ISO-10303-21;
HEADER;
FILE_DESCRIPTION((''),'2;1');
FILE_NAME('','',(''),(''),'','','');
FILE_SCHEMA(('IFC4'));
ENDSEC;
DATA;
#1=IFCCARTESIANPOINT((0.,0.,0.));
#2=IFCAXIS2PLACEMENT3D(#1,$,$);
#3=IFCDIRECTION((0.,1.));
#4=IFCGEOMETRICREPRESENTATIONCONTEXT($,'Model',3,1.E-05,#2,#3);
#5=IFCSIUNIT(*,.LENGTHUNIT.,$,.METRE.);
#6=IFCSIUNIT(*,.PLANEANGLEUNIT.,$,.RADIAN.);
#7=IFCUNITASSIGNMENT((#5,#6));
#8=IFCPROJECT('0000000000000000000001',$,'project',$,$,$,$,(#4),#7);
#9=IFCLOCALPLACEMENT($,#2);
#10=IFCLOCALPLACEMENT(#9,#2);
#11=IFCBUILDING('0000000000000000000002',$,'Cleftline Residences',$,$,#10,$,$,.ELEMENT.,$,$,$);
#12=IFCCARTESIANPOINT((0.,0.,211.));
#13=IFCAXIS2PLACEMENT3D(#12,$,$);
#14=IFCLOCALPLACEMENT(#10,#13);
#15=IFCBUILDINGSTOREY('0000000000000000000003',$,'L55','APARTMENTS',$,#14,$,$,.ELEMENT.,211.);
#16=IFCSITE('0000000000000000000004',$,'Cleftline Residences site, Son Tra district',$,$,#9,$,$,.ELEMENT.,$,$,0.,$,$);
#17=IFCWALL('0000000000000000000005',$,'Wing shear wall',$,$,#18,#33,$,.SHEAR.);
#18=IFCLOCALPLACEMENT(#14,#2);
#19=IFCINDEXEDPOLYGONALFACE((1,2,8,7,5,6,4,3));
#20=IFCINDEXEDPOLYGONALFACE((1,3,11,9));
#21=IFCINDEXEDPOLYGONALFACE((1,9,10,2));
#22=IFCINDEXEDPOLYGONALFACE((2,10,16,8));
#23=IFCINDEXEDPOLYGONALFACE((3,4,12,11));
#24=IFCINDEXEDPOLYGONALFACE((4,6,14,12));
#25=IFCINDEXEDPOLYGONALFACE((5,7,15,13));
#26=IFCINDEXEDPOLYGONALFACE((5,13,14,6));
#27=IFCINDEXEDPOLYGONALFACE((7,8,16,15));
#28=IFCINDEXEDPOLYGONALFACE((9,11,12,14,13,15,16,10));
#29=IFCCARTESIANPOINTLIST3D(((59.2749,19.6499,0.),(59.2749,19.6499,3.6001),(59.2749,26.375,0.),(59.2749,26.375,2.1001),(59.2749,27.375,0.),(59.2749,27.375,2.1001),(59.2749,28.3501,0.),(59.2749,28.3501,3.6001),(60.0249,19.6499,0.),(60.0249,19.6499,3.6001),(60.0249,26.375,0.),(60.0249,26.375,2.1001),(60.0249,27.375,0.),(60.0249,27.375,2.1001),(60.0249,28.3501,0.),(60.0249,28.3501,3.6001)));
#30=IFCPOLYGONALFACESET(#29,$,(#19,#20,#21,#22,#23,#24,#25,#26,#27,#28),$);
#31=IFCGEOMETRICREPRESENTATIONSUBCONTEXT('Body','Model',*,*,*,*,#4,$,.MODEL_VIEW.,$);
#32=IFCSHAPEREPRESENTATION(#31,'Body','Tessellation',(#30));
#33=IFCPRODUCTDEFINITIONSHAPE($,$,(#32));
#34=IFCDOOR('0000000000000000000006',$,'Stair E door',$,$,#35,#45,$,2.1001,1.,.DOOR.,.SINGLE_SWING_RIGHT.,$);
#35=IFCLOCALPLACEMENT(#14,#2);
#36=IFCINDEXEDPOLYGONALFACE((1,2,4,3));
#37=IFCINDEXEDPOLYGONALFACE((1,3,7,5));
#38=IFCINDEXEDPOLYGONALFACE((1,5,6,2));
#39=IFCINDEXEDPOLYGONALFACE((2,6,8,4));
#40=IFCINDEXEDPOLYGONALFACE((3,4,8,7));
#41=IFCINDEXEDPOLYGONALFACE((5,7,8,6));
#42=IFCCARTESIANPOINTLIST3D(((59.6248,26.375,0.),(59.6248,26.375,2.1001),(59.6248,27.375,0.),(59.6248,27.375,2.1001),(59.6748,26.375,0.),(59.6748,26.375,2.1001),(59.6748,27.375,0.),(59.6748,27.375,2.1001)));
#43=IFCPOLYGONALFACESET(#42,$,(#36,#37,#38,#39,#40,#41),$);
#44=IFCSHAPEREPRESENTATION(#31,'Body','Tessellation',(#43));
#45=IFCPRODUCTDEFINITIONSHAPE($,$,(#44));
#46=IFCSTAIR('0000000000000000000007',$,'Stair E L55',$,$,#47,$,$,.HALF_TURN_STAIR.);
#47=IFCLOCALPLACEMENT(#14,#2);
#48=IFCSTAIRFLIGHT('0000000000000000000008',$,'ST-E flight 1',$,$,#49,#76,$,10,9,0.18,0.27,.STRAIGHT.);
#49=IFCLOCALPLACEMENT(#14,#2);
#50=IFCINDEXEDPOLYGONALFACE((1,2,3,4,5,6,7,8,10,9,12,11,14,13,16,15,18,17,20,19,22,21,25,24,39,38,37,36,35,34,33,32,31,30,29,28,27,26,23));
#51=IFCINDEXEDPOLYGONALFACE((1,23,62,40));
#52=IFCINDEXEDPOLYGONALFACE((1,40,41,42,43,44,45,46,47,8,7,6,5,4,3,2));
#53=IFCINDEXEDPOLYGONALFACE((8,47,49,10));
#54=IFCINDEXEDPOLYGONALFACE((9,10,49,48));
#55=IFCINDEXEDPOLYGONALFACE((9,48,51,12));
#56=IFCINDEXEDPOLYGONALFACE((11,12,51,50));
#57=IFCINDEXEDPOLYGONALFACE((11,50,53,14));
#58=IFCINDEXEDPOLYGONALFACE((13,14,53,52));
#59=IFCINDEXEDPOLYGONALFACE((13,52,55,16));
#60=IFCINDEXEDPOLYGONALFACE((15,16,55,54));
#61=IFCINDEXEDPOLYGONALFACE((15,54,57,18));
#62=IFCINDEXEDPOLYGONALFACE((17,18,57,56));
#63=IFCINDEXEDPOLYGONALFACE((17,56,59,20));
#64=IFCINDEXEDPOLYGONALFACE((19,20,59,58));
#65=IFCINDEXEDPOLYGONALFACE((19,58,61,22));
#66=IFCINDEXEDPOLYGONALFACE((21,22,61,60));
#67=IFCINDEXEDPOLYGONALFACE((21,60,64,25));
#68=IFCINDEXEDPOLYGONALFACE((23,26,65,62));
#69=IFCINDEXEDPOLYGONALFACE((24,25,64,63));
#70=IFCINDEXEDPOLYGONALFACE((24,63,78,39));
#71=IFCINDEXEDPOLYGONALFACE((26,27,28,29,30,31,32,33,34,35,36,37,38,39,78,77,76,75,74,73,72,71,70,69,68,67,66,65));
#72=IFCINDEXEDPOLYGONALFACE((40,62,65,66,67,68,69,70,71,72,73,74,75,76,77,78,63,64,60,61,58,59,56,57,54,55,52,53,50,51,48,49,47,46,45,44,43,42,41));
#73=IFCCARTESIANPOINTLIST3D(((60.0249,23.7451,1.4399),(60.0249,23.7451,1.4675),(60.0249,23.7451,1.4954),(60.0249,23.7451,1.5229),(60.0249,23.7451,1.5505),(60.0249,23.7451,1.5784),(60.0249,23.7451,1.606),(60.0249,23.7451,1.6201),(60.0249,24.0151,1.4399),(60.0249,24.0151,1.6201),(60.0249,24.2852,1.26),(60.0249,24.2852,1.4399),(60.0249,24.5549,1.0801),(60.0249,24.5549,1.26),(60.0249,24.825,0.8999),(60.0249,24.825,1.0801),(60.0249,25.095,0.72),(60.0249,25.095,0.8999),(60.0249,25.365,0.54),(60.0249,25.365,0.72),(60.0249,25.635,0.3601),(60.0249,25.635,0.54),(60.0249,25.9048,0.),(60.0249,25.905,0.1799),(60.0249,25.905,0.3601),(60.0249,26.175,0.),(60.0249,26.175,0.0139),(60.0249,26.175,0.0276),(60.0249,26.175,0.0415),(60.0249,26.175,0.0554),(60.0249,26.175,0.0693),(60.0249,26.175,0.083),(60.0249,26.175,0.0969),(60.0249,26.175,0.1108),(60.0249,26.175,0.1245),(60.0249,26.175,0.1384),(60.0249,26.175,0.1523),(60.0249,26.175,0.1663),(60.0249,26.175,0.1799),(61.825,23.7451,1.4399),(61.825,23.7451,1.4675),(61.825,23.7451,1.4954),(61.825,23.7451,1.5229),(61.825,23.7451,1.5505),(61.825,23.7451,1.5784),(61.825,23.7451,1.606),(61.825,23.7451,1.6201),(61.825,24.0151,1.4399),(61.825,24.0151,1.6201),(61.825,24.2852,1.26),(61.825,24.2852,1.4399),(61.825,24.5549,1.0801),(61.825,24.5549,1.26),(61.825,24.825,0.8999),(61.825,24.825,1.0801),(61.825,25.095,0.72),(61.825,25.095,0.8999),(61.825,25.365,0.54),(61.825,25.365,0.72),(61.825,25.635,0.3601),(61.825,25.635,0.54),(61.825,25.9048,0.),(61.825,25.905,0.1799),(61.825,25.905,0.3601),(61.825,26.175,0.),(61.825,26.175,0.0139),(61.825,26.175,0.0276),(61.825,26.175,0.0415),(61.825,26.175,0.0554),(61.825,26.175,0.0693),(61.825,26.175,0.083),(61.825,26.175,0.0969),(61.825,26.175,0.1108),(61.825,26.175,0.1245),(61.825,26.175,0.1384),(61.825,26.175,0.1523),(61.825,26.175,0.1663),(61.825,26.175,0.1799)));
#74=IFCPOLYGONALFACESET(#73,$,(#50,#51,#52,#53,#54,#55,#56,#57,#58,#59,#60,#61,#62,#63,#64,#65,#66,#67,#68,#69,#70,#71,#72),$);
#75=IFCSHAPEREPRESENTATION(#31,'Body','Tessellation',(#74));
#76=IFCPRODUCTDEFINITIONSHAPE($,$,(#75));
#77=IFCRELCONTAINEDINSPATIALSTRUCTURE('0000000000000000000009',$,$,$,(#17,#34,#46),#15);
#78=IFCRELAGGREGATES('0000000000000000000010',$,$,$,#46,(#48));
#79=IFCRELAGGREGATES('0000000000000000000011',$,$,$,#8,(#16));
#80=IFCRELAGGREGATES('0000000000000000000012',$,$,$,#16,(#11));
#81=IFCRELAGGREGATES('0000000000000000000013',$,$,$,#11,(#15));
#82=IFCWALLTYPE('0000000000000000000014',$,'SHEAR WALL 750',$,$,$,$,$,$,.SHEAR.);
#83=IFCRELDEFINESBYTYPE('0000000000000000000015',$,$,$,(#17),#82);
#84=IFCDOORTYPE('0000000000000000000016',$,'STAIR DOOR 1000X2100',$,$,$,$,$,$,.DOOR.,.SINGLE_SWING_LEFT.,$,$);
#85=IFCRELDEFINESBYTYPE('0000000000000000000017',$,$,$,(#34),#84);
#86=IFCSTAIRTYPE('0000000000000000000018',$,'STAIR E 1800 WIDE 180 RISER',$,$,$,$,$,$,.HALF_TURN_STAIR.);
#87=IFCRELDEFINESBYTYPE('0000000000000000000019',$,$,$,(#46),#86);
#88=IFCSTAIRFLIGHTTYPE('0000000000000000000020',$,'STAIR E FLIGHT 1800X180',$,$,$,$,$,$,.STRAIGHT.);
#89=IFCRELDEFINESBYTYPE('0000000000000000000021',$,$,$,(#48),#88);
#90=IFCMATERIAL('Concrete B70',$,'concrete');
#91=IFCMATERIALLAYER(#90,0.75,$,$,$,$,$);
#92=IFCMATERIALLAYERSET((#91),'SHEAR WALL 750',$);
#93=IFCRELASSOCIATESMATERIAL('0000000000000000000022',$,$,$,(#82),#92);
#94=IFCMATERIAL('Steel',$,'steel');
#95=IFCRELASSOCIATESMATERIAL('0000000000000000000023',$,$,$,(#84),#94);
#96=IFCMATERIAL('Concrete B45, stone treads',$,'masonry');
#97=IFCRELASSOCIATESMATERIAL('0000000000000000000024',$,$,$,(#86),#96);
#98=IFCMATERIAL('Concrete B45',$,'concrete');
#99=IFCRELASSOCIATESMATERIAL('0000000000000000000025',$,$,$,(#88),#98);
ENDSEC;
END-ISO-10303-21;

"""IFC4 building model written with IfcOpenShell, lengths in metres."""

from ifc_helpers import new_model, si_unit, direction, frame, frame_2d, origin, place, context, subcontext, project, spatial, polyline, rectangle, outline, extrude, material, layer, layer_set, type_object, element, fill, aggregate, save


model = new_model("IFC4")

# Units and contexts
model_context = context("Model", 3, precision=1e-05, world=origin(), true_north=direction((0.0, 1.0)))
body_context = subcontext(model_context, "Body", "Model", "MODEL_VIEW")
ifc_project = project(units=[si_unit("LENGTHUNIT", "METRE"), si_unit("PLANEANGLEUNIT", "RADIAN")], contexts=[model_context])

# Site, building, storey
site_placement = place(None, origin())
site = spatial("IfcSite", under=ifc_project, at=site_placement, Name="Cleftline Residences site, Son Tra district", CompositionType="ELEMENT", RefElevation=0.0)
building_placement = place(site_placement, origin())
building = spatial("IfcBuilding", under=site, at=building_placement, Name="Cleftline Residences", CompositionType="ELEMENT")
storey_placement = place(building_placement, frame((0.0, 0.0, 211.0)))
storey = spatial("IfcBuildingStorey", under=building, at=storey_placement, Name="L55", Description="APARTMENTS", CompositionType="ELEMENT", Elevation=211.0)

# Shared definitions
ifc_material_1 = material(Name="Concrete B70", Category="concrete")
ifc_layer_1 = layer(ifc_material_1, 0.75)
ifc_layer_set_1 = layer_set([ifc_layer_1], Name="SHEAR WALL 750")
wall_type_1 = type_object("IfcWallType", Name="SHEAR WALL 750", PredefinedType="SHEAR", material=ifc_layer_set_1)

# Wall, opening, door
wall_1_placement = place(storey_placement, frame((59.6499, 28.3501, 0.0), z_axis=(0.0, 0.0, 1.0), x_axis=(0.0, -1.0, 0.0)))
wall_1 = element("IfcWall", 1, at=wall_1_placement, inside=storey, type_object=wall_type_1, Name="Wing shear wall", PredefinedType="SHEAR", context=body_context, shape_type="SweptSolid", body=[
    extrude(rectangle(XDim=8.7002, YDim=0.75, at=frame_2d((4.3501, 0.0))), origin(), (0.0, 0.0, 1.0), 3.6001),
])
opening_1_placement = place(wall_1_placement, frame((0.9751, 0.0, 0.0)))
opening_1 = element("IfcOpeningElement", 2, at=opening_1_placement, cuts=wall_1, PredefinedType="OPENING", context=body_context, shape_type="SweptSolid", body=[
    extrude(rectangle(XDim=1.0, YDim=2.1001, at=frame_2d((0.5, 1.05))), frame((0.0, 0.385, 0.0), z_axis=(0.0, -1.0, 0.0), x_axis=(1.0, 0.0, 0.0)), (0.0, 0.0, 1.0), 0.77),
])
ifc_material_2 = material(Name="Steel", Category="steel")
door_type_1 = type_object("IfcDoorType", Name="STAIR DOOR 1000X2100", OperationType="SINGLE_SWING_LEFT", PredefinedType="DOOR", material=ifc_material_2)
door_1_placement = place(opening_1_placement, origin())
door_1 = element("IfcDoor", 3, at=door_1_placement, inside=storey, type_object=door_type_1, Name="Stair E door", OperationType="SINGLE_SWING_RIGHT", OverallHeight=2.1001, OverallWidth=1.0, PredefinedType="DOOR", context=body_context, shape_type="SweptSolid", body=[
    extrude(rectangle(XDim=1.0, YDim=2.1001, at=frame_2d((0.5, 1.05))), frame((0.0, 0.0249, 0.0), z_axis=(0.0, -1.0, 0.0), x_axis=(1.0, 0.0, 0.0)), (0.0, 0.0, 1.0), 0.05),
])
fill(opening_1, door_1)

# Stair, stair flight
ifc_material_3 = material(Name="Concrete B45, stone treads", Category="masonry")
stair_type = type_object("IfcStairType", Name="STAIR E 1800 WIDE 180 RISER", PredefinedType="HALF_TURN_STAIR", material=ifc_material_3)
stair_placement = place(storey_placement, origin())
stair = element("IfcStair", 4, at=stair_placement, inside=storey, type_object=stair_type, Name="Stair E L55", PredefinedType="HALF_TURN_STAIR")
ifc_material_4 = material(Name="Concrete B45", Category="concrete")
stair_flight_type = type_object("IfcStairFlightType", Name="STAIR E FLIGHT 1800X180", PredefinedType="STRAIGHT", material=ifc_material_4)
stair_flight_placement = place(storey_placement, frame((60.925, 26.175, 0.0), z_axis=(0.0, 0.0, 1.0), x_axis=(0.0, -1.0, 0.0)))
stair_flight = element("IfcStairFlight", 5, at=stair_flight_placement, type_object=stair_flight_type, Name="ST-E flight 1", NumberOfRisers=10, NumberOfTreads=9, PredefinedType="STRAIGHT", RiserHeight=0.18, TreadLength=0.27, context=body_context, shape_type="SweptSolid", body=[
    extrude(outline(polyline([(0.0, 0.0), (0.0, 0.0139), (0.0, 0.0276), (0.0, 0.0415), (0.0, 0.0554), (0.0, 0.0693), (0.0, 0.083), (0.0, 0.0969), (0.0, 0.1108), (0.0, 0.1245), (0.0, 0.1384), (0.0, 0.1523), (0.0, 0.1663), (0.0, 0.1799), (0.27, 0.1799), (0.27, 0.3601), (0.54, 0.3601), (0.54, 0.54), (0.8101, 0.54), (0.8101, 0.72), (1.0801, 0.72), (1.0801, 0.8999), (1.3501, 0.8999), (1.3501, 1.0801), (1.6201, 1.0801), (1.6201, 1.26), (1.8899, 1.26), (1.8899, 1.4399), (2.1599, 1.4399), (2.1599, 1.6201), (2.4299, 1.6201), (2.4299, 1.8), (2.4299, 1.7722), (2.4299, 1.7446), (2.4299, 1.7168), (2.4299, 1.6892), (2.4299, 1.6614), (2.4299, 1.6338), (2.4299, 1.606), (2.4299, 1.5784), (2.4299, 1.5505), (2.4299, 1.5229), (2.4299, 1.4954), (2.4299, 1.4675), (2.4299, 1.4399), (0.2703, 0.0), (0.0, 0.0)])), frame((0.0, 0.8999, 0.0), z_axis=(0.0, -1.0, 0.0), x_axis=(1.0, 0.0, 0.0)), (0.0, 0.0, 1.0), 1.8),
])
aggregate(stair, [stair_flight])

save(model, "model.ifc")
